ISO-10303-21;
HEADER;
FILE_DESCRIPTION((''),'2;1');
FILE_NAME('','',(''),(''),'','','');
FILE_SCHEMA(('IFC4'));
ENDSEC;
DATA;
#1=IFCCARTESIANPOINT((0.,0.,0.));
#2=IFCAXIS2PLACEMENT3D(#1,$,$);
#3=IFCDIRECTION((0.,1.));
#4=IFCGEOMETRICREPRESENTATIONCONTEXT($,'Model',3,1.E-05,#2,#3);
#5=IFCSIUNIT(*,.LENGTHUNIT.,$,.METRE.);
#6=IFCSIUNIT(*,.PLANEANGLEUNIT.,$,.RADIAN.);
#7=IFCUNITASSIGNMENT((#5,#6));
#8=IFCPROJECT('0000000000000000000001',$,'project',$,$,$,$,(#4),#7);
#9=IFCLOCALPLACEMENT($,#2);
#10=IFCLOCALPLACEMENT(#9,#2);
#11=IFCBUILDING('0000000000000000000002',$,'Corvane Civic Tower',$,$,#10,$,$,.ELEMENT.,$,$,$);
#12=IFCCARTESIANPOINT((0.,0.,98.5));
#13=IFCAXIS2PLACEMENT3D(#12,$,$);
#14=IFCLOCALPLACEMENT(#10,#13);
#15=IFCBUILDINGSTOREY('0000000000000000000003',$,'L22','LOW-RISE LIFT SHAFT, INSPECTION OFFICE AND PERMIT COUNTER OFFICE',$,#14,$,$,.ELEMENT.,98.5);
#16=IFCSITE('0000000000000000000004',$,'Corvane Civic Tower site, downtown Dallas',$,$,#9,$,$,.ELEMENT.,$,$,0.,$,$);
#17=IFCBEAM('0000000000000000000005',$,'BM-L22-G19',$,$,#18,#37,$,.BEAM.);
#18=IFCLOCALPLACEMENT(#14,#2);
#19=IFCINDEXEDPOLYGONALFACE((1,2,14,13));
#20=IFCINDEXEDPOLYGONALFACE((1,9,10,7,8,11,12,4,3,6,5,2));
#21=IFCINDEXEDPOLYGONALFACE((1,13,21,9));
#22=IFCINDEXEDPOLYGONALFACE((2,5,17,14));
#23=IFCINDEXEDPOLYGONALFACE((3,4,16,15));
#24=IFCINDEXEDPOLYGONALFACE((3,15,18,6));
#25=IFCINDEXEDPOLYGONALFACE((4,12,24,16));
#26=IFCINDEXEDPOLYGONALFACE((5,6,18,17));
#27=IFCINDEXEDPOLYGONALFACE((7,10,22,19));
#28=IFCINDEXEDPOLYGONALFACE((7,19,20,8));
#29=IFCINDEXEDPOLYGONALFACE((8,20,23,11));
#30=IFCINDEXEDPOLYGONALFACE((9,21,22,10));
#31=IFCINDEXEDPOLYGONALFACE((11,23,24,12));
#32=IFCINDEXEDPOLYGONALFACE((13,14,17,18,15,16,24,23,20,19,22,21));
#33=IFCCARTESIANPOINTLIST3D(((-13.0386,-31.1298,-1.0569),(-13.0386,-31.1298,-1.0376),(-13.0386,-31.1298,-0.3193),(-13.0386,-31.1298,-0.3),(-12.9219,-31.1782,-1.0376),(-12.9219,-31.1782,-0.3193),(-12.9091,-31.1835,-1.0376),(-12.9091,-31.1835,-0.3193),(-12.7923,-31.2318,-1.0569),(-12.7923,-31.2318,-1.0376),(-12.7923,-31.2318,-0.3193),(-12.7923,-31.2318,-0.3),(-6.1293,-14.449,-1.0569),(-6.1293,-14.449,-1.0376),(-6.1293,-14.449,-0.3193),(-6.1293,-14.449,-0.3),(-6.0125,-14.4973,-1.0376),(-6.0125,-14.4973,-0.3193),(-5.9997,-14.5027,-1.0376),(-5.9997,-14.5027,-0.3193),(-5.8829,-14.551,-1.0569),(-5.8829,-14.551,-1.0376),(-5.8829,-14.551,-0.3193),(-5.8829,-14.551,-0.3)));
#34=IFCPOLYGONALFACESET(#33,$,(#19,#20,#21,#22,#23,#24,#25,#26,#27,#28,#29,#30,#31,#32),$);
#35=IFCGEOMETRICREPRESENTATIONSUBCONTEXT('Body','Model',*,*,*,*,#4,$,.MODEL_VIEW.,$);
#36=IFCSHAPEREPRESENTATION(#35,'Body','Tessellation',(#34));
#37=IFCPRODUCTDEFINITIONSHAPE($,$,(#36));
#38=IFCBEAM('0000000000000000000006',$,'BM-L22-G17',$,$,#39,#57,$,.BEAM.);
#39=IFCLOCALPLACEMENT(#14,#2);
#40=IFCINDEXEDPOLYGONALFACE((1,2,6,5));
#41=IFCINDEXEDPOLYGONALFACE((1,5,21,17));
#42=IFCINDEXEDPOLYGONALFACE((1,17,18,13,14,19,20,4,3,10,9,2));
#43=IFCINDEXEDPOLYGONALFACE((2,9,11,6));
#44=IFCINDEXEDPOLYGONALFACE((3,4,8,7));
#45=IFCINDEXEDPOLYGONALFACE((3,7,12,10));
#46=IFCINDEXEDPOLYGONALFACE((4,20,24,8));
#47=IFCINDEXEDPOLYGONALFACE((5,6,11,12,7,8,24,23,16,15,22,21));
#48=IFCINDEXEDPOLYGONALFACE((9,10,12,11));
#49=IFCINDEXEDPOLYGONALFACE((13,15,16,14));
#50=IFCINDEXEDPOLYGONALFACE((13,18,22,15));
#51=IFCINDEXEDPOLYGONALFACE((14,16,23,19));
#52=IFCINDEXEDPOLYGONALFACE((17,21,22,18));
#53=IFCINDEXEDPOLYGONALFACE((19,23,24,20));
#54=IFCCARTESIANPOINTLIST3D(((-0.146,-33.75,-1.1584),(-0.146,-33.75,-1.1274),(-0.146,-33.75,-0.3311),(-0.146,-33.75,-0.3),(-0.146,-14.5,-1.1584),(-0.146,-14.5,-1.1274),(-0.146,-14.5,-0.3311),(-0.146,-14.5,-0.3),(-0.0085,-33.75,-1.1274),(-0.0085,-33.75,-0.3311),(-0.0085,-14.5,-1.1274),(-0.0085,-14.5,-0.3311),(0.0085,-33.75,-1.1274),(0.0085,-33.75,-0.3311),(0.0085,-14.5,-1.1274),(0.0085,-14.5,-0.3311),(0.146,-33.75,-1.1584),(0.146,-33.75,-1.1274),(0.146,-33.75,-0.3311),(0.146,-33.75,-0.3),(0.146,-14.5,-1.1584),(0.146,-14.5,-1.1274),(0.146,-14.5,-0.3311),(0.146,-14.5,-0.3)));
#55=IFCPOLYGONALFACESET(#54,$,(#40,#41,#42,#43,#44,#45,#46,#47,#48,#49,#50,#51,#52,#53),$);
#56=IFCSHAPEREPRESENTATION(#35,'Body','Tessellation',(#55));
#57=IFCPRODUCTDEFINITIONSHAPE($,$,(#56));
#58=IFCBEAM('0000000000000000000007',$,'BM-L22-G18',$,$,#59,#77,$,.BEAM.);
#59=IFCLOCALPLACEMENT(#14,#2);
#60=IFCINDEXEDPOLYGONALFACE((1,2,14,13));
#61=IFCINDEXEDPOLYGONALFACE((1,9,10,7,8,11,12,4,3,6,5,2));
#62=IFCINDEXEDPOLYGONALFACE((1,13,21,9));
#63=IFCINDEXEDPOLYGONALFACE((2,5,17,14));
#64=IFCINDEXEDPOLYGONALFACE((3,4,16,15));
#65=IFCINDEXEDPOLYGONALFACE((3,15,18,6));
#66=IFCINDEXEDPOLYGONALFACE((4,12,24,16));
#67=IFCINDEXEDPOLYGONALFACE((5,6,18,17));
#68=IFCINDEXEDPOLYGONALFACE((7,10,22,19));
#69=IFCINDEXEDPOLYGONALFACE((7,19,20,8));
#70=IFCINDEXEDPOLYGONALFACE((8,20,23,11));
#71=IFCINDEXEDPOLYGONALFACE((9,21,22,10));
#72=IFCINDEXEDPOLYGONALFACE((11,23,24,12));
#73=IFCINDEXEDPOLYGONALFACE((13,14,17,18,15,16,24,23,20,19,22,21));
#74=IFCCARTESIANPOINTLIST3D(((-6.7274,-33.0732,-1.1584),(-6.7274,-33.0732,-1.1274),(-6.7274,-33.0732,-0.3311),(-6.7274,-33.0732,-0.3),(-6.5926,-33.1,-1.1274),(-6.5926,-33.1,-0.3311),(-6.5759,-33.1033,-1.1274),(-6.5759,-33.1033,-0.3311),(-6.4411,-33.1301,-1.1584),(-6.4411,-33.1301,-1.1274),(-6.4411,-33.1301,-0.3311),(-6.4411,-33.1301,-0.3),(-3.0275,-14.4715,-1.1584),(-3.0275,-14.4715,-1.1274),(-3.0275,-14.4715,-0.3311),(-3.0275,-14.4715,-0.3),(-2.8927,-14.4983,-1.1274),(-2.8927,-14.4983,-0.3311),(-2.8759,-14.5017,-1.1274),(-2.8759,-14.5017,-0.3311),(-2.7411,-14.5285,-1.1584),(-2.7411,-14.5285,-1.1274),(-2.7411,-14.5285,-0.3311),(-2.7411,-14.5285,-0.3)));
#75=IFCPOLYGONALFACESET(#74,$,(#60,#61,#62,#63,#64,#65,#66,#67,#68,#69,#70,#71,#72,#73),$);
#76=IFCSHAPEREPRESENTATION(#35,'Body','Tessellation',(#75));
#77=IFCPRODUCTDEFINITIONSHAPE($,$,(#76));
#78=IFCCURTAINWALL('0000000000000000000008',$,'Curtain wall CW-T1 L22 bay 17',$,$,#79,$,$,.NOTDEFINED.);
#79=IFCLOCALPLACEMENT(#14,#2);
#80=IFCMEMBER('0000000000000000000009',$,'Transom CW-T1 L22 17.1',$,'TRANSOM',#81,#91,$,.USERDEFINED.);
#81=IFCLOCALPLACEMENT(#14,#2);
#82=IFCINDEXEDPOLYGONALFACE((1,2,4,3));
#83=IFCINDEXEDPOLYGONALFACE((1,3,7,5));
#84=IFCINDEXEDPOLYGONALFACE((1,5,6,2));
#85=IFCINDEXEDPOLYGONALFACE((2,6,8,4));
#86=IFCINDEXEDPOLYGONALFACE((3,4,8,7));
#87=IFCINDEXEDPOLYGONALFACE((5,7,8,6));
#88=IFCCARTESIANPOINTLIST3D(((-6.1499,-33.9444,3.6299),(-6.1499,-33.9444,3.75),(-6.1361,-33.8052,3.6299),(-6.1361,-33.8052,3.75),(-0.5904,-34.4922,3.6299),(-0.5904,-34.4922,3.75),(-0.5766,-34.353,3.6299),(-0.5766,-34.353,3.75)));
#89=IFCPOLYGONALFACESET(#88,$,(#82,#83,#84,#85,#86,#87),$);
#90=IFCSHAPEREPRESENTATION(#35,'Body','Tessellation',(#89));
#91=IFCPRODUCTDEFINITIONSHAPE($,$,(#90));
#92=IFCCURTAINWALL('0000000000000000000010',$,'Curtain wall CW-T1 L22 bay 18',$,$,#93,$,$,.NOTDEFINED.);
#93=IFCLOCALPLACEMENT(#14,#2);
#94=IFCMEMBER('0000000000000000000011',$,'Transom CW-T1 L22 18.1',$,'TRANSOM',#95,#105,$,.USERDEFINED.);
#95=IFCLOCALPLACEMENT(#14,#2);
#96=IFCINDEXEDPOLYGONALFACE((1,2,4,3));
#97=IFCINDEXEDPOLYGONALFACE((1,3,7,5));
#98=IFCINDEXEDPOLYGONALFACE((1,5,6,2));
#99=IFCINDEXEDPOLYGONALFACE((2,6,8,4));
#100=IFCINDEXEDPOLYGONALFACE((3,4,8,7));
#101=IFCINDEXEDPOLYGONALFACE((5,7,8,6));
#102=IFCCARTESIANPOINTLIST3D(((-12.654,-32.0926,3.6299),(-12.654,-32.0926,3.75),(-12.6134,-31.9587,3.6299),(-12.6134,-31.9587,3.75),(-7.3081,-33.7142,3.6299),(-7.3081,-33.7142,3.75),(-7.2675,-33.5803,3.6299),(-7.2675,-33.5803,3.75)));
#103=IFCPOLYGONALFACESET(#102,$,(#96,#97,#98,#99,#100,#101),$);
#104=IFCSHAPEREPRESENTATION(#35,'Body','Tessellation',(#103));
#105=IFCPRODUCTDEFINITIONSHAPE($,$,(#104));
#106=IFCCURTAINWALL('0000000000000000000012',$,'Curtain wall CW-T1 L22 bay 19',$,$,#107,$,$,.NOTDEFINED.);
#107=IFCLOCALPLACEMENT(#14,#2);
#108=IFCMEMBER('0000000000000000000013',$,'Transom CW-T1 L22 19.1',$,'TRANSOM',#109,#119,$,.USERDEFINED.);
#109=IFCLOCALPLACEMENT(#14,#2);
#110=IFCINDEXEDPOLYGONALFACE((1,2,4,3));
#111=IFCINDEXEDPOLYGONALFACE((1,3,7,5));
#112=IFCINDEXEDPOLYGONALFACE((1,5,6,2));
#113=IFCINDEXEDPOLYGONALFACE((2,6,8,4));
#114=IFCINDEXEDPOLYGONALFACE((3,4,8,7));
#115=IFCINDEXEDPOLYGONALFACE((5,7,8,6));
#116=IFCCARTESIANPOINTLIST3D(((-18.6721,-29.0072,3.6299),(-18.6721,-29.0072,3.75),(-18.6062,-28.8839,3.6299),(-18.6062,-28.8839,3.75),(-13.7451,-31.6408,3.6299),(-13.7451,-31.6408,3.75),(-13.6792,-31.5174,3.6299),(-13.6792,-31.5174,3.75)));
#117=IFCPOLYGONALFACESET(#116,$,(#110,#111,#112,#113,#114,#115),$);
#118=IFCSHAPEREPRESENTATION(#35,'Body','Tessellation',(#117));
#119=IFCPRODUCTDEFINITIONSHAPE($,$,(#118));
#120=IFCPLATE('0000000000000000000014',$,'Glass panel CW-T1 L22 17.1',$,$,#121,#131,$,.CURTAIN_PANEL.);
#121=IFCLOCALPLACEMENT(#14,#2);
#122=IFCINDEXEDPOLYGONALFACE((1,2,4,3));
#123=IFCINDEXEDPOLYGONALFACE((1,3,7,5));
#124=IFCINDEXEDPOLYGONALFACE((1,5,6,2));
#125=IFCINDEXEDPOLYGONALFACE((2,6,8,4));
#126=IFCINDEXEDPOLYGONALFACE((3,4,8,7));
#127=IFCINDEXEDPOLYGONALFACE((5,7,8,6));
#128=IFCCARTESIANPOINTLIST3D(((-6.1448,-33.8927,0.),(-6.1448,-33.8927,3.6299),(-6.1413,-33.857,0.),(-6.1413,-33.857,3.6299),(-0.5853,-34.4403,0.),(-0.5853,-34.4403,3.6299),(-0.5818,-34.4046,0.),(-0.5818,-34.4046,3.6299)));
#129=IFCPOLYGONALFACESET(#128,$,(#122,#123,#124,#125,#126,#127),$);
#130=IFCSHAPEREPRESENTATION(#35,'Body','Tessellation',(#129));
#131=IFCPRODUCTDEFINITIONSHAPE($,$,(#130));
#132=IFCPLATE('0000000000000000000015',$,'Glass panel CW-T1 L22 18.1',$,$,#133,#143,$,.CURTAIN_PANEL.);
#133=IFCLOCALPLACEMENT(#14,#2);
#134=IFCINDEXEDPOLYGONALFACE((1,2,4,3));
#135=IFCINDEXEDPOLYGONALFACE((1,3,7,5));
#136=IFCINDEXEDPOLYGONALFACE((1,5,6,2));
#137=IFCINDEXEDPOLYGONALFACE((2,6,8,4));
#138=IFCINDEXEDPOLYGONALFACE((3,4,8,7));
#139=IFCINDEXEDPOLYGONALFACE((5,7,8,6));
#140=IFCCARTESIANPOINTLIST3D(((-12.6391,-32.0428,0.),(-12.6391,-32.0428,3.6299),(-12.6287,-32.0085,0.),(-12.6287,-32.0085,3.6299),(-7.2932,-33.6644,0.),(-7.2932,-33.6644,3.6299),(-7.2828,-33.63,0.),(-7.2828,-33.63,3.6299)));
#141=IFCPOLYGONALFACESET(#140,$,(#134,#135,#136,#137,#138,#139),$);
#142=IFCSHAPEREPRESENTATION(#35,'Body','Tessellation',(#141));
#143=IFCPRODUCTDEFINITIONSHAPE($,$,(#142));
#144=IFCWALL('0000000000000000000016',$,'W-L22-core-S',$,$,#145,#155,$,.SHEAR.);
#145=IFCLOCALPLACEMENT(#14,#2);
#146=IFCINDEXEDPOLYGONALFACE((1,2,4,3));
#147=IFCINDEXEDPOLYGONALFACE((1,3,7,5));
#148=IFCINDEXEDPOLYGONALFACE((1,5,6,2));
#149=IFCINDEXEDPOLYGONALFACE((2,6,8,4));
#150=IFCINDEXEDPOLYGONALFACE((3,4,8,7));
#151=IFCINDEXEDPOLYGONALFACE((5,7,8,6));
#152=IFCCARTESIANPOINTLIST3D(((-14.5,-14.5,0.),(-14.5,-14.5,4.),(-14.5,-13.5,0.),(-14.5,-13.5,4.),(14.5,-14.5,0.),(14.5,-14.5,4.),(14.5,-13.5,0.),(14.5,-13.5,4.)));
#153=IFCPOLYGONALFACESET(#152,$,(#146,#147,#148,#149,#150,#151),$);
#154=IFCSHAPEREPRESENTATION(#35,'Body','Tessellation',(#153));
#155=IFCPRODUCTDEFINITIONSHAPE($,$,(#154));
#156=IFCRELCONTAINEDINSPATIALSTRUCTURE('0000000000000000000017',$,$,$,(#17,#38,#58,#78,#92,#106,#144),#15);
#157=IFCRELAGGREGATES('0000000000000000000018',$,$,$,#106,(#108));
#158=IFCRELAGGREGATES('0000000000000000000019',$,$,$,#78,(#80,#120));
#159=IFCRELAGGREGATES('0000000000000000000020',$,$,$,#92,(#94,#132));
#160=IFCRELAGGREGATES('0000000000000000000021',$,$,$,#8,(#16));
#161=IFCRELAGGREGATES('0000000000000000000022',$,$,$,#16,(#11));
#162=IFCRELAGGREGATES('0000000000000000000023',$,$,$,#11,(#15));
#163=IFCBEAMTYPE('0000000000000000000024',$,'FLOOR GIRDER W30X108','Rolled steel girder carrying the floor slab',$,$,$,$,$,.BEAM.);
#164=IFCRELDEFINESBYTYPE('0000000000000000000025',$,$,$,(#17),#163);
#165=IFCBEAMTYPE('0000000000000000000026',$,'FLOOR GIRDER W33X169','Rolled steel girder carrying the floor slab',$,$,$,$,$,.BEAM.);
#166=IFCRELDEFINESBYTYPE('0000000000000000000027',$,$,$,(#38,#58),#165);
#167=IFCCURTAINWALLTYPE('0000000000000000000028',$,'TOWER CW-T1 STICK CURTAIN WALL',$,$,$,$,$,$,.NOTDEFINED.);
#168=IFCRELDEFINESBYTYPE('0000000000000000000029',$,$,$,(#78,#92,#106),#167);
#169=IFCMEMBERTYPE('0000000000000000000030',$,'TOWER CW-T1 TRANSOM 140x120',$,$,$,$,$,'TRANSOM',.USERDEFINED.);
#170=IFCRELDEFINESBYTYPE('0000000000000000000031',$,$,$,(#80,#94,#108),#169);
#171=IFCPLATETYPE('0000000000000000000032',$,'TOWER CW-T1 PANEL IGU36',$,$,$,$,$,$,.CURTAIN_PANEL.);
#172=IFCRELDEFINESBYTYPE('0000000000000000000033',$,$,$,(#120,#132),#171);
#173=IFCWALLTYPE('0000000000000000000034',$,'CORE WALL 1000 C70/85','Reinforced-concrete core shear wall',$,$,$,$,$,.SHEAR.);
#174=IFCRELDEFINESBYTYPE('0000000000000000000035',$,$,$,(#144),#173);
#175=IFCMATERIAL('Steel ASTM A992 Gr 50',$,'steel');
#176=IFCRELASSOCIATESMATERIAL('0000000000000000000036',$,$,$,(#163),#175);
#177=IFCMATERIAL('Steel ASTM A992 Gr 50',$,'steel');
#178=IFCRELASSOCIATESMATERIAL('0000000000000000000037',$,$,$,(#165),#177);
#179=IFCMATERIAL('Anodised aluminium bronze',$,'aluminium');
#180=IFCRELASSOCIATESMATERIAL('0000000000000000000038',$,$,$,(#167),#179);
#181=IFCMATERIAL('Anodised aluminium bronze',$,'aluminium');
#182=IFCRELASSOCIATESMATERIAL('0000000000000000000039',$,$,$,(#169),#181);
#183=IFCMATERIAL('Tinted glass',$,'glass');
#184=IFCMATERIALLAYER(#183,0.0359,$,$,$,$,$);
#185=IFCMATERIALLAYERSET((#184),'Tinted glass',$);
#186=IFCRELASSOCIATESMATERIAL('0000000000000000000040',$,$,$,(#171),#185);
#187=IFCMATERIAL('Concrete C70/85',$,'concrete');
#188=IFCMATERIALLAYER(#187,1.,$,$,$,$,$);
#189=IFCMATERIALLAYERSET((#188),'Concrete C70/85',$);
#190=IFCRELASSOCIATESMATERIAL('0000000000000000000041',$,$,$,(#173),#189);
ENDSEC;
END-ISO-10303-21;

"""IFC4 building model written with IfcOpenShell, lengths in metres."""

from ifc_helpers import new_model, si_unit, direction, frame, frame_2d, origin, origin_2d, place, context, subcontext, project, spatial, rectangle, i_section, extrude, material, layer, layer_set, material_profile, profile_set, type_object, element, aggregate, save


model = new_model("IFC4")

# Units and contexts
model_context = context("Model", 3, precision=1e-05, world=origin(), true_north=direction((0.0, 1.0)))
body_context = subcontext(model_context, "Body", "Model", "MODEL_VIEW")
ifc_project = project(units=[si_unit("LENGTHUNIT", "METRE"), si_unit("PLANEANGLEUNIT", "RADIAN")], contexts=[model_context])

# Site, building, storey
site_placement = place(None, origin())
site = spatial("IfcSite", under=ifc_project, at=site_placement, Name="Corvane Civic Tower site, downtown Dallas", CompositionType="ELEMENT", RefElevation=0.0)
building_placement = place(site_placement, origin())
building = spatial("IfcBuilding", under=site, at=building_placement, Name="Corvane Civic Tower", CompositionType="ELEMENT")
storey_placement = place(building_placement, frame((0.0, 0.0, 98.5)))
storey = spatial("IfcBuildingStorey", under=building, at=storey_placement, Name="L22", Description="LOW-RISE LIFT SHAFT, INSPECTION OFFICE AND PERMIT COUNTER OFFICE", CompositionType="ELEMENT", Elevation=98.5)

# Beams
ifc_material_1 = material(Name="Steel ASTM A992 Gr 50", Category="steel")
ifc_material_profile_1 = material_profile(ifc_material_1, i_section(OverallWidth=0.2666, OverallDepth=0.7568, WebThickness=0.0139, FlangeThickness=0.0193, at=origin_2d()), Name="W30X108")
ifc_profile_set_1 = profile_set([ifc_material_profile_1], Name="Steel ASTM A992 Gr 50")
beam_type_1 = type_object("IfcBeamType", Name="FLOOR GIRDER W30X108", Description="Rolled steel girder carrying the floor slab", PredefinedType="BEAM", material=ifc_profile_set_1)
beam_1_placement = place(storey_placement, frame((-6.0061, -14.5, -0.6785), z_axis=(-0.382682, -0.92388, 0.0), x_axis=(0.92388, -0.382682, 0.0)))
element("IfcBeam", 1, at=beam_1_placement, inside=storey, type_object=beam_type_1, Name="BM-L22-G19", PredefinedType="BEAM", context=body_context, shape_type="SweptSolid", body=[
    extrude(i_section(OverallWidth=0.2666, OverallDepth=0.7568, WebThickness=0.0139, FlangeThickness=0.0193, at=origin_2d()), origin(), (0.0, 0.0, 1.0), 18.0552),
])
ifc_material_2 = material(Name="Steel ASTM A992 Gr 50", Category="steel")
ifc_material_profile_2 = material_profile(ifc_material_2, i_section(OverallWidth=0.292, OverallDepth=0.8584, WebThickness=0.0171, FlangeThickness=0.031, at=origin_2d()), Name="W33X169")
ifc_profile_set_2 = profile_set([ifc_material_profile_2], Name="Steel ASTM A992 Gr 50")
beam_type_2 = type_object("IfcBeamType", Name="FLOOR GIRDER W33X169", Description="Rolled steel girder carrying the floor slab", PredefinedType="BEAM", material=ifc_profile_set_2)
beam_2_placement = place(storey_placement, frame((0.0, -14.5, -0.7292), z_axis=(0.0, -1.0, 0.0), x_axis=(1.0, 0.0, 0.0)))
element("IfcBeam", 2, at=beam_2_placement, inside=storey, type_object=beam_type_2, Name="BM-L22-G17", PredefinedType="BEAM", context=body_context, shape_type="SweptSolid", body=[
    extrude(i_section(OverallWidth=0.292, OverallDepth=0.8584, WebThickness=0.0171, FlangeThickness=0.031, at=origin_2d()), origin(), (0.0, 0.0, 1.0), 19.25),
])
beam_3_placement = place(storey_placement, frame((-2.8843, -14.5, -0.7292), z_axis=(-0.195084, -0.980787, 0.0), x_axis=(0.980787, -0.195084, 0.0)))
element("IfcBeam", 3, at=beam_3_placement, inside=storey, type_object=beam_type_2, Name="BM-L22-G18", PredefinedType="BEAM", context=body_context, shape_type="SweptSolid", body=[
    extrude(i_section(OverallWidth=0.292, OverallDepth=0.8584, WebThickness=0.0171, FlangeThickness=0.031, at=origin_2d()), origin(), (0.0, 0.0, 1.0), 18.9661),
])

# Curtain walls, members
ifc_material_3 = material(Name="Anodised aluminium bronze", Category="aluminium")
curtain_wall_type = type_object("IfcCurtainWallType", Name="TOWER CW-T1 STICK CURTAIN WALL", PredefinedType="NOTDEFINED", material=ifc_material_3)
curtain_wall_1_placement = place(storey_placement, origin())
curtain_wall_1 = element("IfcCurtainWall", 4, at=curtain_wall_1_placement, inside=storey, type_object=curtain_wall_type, Name="Curtain wall CW-T1 L22 bay 17", PredefinedType="NOTDEFINED")
ifc_material_4 = material(Name="Anodised aluminium bronze", Category="aluminium")
ifc_material_profile_3 = material_profile(ifc_material_4, rectangle(XDim=0.1399, YDim=0.1201, at=origin_2d()), Name="TOWER CW-T1 TRANSOM 140x120")
ifc_profile_set_3 = profile_set([ifc_material_profile_3], Name="Anodised aluminium bronze")
member_type = type_object("IfcMemberType", Name="TOWER CW-T1 TRANSOM 140x120", ElementType="TRANSOM", PredefinedType="USERDEFINED", material=ifc_profile_set_3)
member_1_placement = place(storey_placement, frame((-0.5835, -34.4226, 3.6899), z_axis=(-0.99518, 0.098067, 0.0), x_axis=(-0.098067, -0.99518, 0.0)))
member_1 = element("IfcMember", 5, at=member_1_placement, type_object=member_type, Name="Transom CW-T1 L22 17.1", ObjectType="TRANSOM", PredefinedType="USERDEFINED", context=body_context, shape_type="SweptSolid", body=[
    extrude(rectangle(XDim=0.1399, YDim=0.1201, at=origin_2d()), origin(), (0.0, 0.0, 1.0), 5.5864),
])
curtain_wall_2_placement = place(storey_placement, origin())
curtain_wall_2 = element("IfcCurtainWall", 6, at=curtain_wall_2_placement, inside=storey, type_object=curtain_wall_type, Name="Curtain wall CW-T1 L22 bay 18", PredefinedType="NOTDEFINED")
member_2_placement = place(storey_placement, frame((-7.2878, -33.6472, 3.6899), z_axis=(-0.956945, 0.290269, 0.0), x_axis=(-0.290269, -0.956945, 0.0)))
member_2 = element("IfcMember", 7, at=member_2_placement, type_object=member_type, Name="Transom CW-T1 L22 18.1", ObjectType="TRANSOM", PredefinedType="USERDEFINED", context=body_context, shape_type="SweptSolid", body=[
    extrude(rectangle(XDim=0.1399, YDim=0.1201, at=origin_2d()), origin(), (0.0, 0.0, 1.0), 5.5864),
])
curtain_wall_3_placement = place(storey_placement, origin())
curtain_wall_3 = element("IfcCurtainWall", 8, at=curtain_wall_3_placement, inside=storey, type_object=curtain_wall_type, Name="Curtain wall CW-T1 L22 bay 19", PredefinedType="NOTDEFINED")
member_3_placement = place(storey_placement, frame((-13.7122, -31.5791, 3.6899), z_axis=(-0.881921, 0.471398, 0.0), x_axis=(-0.471398, -0.881921, 0.0)))
member_3 = element("IfcMember", 9, at=member_3_placement, type_object=member_type, Name="Transom CW-T1 L22 19.1", ObjectType="TRANSOM", PredefinedType="USERDEFINED", context=body_context, shape_type="SweptSolid", body=[
    extrude(rectangle(XDim=0.1399, YDim=0.1201, at=origin_2d()), origin(), (0.0, 0.0, 1.0), 5.5867),
])
aggregate(curtain_wall_3, [member_3])

# Plates
ifc_material_5 = material(Name="Tinted glass", Category="glass")
ifc_layer_1 = layer(ifc_material_5, 0.0359)
ifc_layer_set_1 = layer_set([ifc_layer_1], Name="Tinted glass")
plate_type = type_object("IfcPlateType", Name="TOWER CW-T1 PANEL IGU36", PredefinedType="CURTAIN_PANEL", material=ifc_layer_set_1)
plate_1_placement = place(storey_placement, frame((-3.3633, -34.1487, 0.0), z_axis=(0.0, 0.0, 1.0), x_axis=(-0.995184, 0.098027, 0.0)))
plate_1 = element("IfcPlate", 10, at=plate_1_placement, type_object=plate_type, Name="Glass panel CW-T1 L22 17.1", PredefinedType="CURTAIN_PANEL", context=body_context, shape_type="SweptSolid", body=[
    extrude(rectangle(XDim=5.5864, YDim=0.0359, at=origin_2d()), origin(), (0.0, 0.0, 1.0), 3.6299),
])
aggregate(curtain_wall_1, [member_1, plate_1])
plate_2_placement = place(storey_placement, frame((-9.9609, -32.8364, 0.0), z_axis=(0.0, 0.0, 1.0), x_axis=(-0.956946, 0.290266, 0.0)))
plate_2 = element("IfcPlate", 11, at=plate_2_placement, type_object=plate_type, Name="Glass panel CW-T1 L22 18.1", PredefinedType="CURTAIN_PANEL", context=body_context, shape_type="SweptSolid", body=[
    extrude(rectangle(XDim=5.5864, YDim=0.0359, at=origin_2d()), origin(), (0.0, 0.0, 1.0), 3.6299),
])
aggregate(curtain_wall_2, [member_2, plate_2])

# Wall
ifc_material_6 = material(Name="Concrete C70/85", Category="concrete")
ifc_layer_2 = layer(ifc_material_6, 1.0)
ifc_layer_set_2 = layer_set([ifc_layer_2], Name="Concrete C70/85")
wall_type_1 = type_object("IfcWallType", Name="CORE WALL 1000 C70/85", Description="Reinforced-concrete core shear wall", PredefinedType="SHEAR", material=ifc_layer_set_2)
wall_1_placement = place(storey_placement, frame((-14.5, -14.0, 0.0), z_axis=(0.0, 0.0, 1.0), x_axis=(1.0, 0.0, 0.0)))
element("IfcWall", 12, at=wall_1_placement, inside=storey, type_object=wall_type_1, Name="W-L22-core-S", PredefinedType="SHEAR", context=body_context, shape_type="SweptSolid", body=[
    extrude(rectangle(XDim=29.0, YDim=1.0, at=frame_2d((14.5, 0.0))), origin(), (0.0, 0.0, 1.0), 4.0),
])

save(model, "model.ifc")
